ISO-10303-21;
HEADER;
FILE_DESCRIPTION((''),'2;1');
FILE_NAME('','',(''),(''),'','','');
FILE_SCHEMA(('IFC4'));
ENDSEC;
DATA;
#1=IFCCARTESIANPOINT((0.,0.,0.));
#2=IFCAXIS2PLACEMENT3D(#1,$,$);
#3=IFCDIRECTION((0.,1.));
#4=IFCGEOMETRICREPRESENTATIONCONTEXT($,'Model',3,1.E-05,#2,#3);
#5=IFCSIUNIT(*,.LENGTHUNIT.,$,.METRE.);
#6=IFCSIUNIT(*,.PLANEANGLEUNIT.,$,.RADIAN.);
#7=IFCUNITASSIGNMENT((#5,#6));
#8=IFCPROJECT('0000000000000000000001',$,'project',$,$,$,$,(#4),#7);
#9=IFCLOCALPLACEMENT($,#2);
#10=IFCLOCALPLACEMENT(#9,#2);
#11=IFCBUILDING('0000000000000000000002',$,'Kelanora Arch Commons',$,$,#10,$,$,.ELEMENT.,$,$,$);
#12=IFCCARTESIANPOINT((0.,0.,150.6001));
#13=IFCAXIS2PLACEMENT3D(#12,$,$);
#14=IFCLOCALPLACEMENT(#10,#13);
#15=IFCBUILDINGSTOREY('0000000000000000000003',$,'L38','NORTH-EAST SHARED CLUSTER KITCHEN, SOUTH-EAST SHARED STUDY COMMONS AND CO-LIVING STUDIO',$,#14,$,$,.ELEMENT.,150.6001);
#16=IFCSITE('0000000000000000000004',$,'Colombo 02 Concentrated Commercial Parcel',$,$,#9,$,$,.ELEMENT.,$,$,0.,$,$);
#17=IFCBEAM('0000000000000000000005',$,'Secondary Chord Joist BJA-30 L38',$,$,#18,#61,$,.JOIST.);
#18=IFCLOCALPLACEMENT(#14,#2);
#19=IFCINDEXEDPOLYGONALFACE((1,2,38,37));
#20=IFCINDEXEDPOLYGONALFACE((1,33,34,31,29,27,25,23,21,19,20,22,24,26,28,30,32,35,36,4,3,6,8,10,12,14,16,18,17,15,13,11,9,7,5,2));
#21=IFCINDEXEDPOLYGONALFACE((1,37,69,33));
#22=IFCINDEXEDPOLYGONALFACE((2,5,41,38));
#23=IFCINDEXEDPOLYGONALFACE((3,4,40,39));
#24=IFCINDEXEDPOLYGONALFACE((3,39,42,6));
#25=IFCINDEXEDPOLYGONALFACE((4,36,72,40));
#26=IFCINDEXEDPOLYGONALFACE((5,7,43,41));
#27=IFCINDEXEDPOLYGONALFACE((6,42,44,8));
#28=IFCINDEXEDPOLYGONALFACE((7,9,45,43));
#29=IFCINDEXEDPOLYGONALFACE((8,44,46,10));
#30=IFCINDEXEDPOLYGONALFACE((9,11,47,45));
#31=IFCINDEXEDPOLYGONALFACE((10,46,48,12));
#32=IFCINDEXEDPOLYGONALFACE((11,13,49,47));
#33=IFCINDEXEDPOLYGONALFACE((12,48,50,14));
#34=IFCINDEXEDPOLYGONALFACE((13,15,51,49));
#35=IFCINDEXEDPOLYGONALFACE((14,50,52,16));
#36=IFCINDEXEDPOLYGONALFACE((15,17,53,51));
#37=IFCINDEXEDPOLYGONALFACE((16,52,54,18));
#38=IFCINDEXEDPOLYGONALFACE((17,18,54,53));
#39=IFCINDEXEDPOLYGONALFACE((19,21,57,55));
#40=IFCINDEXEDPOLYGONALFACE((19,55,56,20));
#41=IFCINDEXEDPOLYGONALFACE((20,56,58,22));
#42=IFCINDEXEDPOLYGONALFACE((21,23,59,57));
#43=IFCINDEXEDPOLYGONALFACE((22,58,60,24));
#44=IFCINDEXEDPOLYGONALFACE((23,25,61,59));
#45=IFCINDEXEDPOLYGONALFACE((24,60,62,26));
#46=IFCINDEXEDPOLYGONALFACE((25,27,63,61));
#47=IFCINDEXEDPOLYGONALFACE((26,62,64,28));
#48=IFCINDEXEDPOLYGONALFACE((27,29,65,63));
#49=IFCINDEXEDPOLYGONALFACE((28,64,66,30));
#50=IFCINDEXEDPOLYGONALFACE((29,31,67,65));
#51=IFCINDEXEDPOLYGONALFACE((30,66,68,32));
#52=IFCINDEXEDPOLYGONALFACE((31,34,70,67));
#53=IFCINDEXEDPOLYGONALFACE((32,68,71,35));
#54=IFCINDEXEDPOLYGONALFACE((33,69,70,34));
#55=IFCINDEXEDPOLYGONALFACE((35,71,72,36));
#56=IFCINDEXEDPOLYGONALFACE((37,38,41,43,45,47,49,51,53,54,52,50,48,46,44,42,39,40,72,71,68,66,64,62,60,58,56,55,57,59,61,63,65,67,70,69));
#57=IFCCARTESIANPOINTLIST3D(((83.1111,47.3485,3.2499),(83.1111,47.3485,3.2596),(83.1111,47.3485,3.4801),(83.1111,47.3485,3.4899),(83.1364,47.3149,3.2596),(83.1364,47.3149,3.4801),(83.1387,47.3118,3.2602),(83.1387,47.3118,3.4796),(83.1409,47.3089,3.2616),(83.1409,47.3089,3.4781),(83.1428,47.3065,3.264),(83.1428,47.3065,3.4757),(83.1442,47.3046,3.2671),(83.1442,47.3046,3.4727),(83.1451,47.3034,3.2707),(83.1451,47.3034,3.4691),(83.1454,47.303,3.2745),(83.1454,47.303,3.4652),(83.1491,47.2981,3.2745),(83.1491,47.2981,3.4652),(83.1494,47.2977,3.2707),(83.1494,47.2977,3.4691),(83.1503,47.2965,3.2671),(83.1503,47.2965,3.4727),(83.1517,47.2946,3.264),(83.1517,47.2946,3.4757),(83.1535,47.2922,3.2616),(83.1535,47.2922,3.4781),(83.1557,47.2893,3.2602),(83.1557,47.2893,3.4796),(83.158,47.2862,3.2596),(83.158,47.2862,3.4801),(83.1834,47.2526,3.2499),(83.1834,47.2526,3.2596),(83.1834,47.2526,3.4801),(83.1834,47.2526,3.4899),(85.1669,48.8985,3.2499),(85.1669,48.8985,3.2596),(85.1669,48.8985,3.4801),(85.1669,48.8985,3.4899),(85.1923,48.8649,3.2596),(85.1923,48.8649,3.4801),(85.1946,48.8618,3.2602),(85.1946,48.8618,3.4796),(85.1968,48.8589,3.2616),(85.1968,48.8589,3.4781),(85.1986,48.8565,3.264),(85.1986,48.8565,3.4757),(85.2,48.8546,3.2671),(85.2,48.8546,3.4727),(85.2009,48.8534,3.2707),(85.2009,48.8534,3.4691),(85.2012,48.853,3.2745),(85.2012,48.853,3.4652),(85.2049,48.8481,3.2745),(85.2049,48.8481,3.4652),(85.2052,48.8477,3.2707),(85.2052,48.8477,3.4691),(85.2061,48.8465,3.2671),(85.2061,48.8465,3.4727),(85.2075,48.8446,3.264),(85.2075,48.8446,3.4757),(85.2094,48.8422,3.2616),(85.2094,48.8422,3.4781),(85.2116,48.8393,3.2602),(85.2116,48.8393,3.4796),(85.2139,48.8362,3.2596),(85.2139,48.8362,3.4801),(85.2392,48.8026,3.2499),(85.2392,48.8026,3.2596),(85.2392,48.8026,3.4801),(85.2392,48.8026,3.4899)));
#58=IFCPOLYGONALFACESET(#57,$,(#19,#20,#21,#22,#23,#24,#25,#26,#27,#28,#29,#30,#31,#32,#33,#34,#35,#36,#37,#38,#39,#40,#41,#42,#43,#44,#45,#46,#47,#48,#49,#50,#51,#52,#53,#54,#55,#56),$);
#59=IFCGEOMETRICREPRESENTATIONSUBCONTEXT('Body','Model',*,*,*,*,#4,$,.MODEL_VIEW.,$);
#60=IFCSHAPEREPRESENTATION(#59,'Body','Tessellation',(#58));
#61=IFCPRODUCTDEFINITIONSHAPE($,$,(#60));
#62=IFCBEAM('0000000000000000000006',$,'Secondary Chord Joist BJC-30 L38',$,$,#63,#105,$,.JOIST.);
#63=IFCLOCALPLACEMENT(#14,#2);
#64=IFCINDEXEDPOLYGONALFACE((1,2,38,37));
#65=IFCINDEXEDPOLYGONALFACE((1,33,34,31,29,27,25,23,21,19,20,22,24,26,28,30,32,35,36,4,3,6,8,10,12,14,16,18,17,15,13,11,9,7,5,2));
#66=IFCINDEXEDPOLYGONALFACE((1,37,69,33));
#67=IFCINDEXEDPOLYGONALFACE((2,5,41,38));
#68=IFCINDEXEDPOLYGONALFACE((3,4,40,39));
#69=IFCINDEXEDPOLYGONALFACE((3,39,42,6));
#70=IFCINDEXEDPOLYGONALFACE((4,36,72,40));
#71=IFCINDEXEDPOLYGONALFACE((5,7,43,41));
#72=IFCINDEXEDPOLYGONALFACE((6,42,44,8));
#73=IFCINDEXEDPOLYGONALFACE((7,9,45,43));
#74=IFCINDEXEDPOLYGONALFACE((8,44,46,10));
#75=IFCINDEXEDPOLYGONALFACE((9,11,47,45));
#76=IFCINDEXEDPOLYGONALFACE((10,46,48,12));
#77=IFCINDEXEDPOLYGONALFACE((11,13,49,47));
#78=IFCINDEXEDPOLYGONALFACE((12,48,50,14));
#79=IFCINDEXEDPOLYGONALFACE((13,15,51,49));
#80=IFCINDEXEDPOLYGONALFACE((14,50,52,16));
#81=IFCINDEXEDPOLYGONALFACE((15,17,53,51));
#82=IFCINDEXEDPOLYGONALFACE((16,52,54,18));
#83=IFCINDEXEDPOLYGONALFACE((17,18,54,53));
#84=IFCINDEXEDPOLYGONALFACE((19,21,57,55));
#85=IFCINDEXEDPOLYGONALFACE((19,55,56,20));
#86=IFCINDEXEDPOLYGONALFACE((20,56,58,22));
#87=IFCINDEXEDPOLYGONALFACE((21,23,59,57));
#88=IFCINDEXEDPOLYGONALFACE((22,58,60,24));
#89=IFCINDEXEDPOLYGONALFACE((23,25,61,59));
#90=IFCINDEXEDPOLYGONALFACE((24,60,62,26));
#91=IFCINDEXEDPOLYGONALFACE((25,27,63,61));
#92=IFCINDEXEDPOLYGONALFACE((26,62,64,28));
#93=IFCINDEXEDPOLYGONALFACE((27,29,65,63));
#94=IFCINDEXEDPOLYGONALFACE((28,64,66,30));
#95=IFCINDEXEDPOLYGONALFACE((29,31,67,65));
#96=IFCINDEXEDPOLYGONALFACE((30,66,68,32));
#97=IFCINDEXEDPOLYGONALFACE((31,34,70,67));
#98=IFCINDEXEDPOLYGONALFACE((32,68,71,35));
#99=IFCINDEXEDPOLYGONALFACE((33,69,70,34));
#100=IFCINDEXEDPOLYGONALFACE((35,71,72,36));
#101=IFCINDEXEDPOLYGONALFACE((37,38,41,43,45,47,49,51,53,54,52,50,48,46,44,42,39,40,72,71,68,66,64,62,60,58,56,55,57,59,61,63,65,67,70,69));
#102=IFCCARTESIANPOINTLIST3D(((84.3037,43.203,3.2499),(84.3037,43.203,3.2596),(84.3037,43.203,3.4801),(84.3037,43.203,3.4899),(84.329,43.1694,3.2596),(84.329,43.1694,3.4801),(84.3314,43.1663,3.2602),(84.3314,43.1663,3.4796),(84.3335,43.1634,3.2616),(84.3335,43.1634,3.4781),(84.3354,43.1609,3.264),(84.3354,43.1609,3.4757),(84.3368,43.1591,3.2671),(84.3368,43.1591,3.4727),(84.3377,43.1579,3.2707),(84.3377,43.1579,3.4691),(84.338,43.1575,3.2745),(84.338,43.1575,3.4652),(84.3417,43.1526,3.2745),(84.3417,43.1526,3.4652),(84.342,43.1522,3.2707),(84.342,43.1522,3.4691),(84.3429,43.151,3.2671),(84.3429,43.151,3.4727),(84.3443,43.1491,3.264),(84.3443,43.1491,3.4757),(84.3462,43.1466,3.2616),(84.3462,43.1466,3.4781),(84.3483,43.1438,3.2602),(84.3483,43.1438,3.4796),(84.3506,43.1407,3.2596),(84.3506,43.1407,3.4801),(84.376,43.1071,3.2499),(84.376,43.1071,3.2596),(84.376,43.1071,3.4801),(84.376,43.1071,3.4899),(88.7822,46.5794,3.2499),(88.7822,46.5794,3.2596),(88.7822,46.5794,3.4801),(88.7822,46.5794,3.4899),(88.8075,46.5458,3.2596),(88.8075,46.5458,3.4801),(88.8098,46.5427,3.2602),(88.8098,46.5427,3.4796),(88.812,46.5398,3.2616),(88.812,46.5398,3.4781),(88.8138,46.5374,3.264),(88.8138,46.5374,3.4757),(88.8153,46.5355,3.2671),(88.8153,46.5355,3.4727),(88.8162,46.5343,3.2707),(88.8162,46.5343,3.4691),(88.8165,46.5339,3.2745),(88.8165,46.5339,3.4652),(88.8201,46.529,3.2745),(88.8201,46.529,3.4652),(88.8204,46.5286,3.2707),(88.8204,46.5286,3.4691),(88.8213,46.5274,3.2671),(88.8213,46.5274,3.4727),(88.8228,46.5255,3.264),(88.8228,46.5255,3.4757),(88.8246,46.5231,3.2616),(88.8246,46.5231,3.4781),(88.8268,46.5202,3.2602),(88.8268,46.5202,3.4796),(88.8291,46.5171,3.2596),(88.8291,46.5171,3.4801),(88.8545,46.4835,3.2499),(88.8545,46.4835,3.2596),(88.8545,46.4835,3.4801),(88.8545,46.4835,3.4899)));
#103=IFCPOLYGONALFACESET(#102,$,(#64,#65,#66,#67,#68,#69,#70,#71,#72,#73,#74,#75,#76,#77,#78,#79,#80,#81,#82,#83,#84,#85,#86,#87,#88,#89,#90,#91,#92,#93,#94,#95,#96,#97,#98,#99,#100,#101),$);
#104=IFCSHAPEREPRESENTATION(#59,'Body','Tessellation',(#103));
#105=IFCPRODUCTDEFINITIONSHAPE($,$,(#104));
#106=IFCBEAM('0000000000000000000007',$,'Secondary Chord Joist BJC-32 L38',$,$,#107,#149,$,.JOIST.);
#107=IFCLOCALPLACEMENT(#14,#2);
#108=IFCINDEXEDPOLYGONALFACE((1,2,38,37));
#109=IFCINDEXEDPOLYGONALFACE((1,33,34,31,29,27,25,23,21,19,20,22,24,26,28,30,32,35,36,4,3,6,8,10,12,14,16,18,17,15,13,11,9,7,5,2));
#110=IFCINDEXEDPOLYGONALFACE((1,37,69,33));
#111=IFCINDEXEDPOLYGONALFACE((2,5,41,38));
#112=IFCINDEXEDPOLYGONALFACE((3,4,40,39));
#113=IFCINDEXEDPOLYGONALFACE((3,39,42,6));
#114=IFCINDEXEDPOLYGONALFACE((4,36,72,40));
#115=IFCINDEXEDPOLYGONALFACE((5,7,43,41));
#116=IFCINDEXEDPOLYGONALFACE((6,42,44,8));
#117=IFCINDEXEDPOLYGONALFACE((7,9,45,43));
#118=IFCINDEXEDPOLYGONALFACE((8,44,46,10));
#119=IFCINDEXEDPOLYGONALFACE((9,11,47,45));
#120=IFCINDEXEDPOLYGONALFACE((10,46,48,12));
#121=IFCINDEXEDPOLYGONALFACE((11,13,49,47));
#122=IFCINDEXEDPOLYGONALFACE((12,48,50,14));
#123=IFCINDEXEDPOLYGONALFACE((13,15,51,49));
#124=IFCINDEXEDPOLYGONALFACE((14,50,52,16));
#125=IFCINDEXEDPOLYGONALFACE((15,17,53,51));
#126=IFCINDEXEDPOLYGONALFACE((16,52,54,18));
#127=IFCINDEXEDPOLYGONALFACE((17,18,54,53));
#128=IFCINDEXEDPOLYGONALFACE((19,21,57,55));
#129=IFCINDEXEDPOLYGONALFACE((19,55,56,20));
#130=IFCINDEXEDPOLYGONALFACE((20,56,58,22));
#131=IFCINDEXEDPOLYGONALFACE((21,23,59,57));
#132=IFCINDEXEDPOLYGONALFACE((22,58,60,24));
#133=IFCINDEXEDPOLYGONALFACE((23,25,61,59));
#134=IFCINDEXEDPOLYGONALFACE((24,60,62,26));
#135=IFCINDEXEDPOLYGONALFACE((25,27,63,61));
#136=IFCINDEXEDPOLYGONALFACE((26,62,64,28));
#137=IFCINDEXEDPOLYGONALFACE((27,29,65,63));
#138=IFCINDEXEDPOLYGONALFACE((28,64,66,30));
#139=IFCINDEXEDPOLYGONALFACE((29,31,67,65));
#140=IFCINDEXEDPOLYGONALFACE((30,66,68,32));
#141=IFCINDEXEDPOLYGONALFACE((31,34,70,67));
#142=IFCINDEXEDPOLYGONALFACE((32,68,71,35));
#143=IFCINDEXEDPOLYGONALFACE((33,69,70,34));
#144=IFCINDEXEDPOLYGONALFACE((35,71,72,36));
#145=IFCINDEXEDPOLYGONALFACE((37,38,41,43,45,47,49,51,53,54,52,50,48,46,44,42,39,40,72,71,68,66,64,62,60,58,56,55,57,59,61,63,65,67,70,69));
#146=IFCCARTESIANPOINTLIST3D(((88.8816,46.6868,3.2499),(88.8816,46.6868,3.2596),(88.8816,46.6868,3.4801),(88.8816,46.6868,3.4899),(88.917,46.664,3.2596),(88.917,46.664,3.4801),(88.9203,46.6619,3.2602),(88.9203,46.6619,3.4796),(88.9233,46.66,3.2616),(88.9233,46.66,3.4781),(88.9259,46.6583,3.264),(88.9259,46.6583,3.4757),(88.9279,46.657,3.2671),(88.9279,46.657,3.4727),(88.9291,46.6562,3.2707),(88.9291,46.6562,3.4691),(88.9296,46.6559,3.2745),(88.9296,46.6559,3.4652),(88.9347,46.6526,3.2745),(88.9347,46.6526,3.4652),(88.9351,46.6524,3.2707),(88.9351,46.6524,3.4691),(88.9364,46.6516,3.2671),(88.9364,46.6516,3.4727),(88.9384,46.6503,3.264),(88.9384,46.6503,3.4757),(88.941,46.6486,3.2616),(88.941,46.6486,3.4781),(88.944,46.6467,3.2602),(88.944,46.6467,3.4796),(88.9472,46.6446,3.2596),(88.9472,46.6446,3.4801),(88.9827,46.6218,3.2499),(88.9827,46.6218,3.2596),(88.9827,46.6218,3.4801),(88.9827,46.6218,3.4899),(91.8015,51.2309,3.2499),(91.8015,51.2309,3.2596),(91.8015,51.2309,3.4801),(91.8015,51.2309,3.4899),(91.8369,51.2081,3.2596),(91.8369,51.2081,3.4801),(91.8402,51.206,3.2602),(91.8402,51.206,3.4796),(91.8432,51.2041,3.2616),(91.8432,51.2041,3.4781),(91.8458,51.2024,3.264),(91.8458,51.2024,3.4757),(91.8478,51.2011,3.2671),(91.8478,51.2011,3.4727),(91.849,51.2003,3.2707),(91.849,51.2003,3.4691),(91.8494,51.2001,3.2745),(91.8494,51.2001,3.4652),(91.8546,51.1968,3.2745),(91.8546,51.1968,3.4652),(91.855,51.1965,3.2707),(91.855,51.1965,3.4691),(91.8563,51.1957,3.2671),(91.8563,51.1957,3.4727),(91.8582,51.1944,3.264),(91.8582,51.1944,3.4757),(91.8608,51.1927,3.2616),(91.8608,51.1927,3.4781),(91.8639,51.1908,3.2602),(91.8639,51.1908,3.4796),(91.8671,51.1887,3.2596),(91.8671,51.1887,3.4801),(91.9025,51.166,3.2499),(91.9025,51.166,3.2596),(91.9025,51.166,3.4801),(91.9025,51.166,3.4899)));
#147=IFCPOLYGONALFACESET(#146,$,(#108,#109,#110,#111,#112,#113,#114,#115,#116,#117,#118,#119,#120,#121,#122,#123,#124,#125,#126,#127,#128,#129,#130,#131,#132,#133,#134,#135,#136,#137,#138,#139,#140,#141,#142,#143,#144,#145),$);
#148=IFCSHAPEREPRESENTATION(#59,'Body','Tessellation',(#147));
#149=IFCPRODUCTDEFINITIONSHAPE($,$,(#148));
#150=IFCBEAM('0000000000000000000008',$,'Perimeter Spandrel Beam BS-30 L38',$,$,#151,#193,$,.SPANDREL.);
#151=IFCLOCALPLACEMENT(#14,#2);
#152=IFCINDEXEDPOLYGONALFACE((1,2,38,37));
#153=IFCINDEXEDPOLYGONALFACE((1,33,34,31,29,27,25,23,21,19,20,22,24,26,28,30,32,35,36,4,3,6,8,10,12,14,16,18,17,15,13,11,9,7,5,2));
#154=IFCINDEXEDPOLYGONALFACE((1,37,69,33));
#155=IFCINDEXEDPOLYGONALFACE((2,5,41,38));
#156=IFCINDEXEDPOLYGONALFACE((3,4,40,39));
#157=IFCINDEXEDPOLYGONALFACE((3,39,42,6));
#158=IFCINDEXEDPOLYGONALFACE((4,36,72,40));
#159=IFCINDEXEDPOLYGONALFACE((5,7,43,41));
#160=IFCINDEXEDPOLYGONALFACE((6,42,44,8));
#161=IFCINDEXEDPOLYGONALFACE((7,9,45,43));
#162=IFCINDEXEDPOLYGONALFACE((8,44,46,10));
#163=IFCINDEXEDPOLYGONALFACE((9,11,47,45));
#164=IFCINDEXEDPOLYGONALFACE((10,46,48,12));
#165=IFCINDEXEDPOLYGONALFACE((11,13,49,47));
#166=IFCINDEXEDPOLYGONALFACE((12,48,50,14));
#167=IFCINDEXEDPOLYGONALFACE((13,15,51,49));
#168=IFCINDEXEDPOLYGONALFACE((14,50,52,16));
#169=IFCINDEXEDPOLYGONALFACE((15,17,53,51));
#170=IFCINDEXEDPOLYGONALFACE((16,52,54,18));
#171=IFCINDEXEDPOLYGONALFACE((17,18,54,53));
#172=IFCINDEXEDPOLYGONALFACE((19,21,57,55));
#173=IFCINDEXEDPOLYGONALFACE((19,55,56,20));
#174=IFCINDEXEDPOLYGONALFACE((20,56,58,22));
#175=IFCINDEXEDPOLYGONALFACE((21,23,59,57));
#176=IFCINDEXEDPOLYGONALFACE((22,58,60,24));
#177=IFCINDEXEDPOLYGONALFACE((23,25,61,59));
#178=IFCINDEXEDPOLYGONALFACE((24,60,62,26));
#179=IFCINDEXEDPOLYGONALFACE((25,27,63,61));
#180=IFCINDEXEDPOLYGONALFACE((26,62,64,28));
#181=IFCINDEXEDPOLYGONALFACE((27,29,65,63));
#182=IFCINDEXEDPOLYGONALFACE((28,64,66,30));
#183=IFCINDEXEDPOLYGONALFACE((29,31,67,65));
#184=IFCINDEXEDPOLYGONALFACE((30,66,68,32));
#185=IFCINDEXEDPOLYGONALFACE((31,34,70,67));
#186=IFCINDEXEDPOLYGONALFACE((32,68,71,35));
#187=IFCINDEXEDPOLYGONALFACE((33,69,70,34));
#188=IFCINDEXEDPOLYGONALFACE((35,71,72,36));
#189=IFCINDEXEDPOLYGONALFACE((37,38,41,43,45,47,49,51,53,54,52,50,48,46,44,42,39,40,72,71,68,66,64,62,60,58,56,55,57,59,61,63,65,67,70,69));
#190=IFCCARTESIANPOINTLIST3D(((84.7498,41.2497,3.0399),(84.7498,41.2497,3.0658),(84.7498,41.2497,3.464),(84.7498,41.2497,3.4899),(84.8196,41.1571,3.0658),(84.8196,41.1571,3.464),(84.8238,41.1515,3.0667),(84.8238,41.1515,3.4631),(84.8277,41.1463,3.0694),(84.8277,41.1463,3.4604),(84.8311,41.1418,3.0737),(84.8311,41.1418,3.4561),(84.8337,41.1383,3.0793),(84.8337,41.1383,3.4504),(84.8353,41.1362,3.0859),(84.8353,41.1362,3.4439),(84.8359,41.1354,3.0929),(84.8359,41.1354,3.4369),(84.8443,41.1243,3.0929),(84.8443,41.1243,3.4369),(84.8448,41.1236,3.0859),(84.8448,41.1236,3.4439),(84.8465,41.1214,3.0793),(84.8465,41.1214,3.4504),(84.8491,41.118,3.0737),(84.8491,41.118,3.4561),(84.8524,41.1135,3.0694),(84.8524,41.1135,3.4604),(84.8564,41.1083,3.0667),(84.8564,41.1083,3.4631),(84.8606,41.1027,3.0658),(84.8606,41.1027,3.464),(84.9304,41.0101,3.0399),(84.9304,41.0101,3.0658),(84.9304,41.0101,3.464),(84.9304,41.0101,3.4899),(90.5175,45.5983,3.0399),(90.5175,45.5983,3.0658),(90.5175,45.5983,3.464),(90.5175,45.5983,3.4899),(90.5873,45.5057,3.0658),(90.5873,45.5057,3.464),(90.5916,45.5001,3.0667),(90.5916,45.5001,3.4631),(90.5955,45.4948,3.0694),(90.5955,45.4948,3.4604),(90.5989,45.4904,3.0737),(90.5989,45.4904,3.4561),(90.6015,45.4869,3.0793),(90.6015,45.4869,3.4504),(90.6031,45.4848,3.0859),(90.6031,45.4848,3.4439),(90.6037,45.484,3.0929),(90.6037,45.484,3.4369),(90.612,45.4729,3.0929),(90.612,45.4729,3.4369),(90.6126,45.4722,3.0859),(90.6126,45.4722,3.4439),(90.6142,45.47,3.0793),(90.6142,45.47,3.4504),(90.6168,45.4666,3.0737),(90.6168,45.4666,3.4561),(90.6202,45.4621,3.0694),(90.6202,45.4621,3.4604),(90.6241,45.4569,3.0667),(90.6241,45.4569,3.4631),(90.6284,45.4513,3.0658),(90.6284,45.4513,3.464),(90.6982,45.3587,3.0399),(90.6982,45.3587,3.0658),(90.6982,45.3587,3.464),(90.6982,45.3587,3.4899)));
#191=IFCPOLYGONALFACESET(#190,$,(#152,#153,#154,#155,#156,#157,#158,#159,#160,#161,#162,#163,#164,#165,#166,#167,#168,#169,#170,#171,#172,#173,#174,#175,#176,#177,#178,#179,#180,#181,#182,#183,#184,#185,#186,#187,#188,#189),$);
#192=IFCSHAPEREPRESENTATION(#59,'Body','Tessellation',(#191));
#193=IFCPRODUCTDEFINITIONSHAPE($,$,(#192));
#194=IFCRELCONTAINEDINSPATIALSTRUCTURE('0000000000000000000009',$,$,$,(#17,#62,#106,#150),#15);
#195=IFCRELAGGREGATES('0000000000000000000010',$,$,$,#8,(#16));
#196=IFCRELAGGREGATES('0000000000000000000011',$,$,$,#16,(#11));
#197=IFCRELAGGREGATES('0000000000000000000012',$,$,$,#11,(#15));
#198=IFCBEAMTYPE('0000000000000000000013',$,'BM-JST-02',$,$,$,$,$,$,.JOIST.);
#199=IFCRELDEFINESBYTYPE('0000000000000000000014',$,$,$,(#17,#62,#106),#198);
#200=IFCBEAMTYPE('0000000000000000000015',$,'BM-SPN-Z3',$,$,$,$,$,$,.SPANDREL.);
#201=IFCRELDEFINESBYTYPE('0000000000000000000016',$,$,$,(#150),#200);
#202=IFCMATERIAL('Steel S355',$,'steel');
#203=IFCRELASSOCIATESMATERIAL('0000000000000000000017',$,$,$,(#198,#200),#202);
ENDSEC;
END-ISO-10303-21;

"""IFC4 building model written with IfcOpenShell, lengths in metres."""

from ifc_helpers import new_model, si_unit, direction, frame, origin, origin_2d, place, context, subcontext, project, spatial, i_section, extrude, material, material_profile, profile_set, type_object, element, save


model = new_model("IFC4")

# Units and contexts
model_context = context("Model", 3, precision=1e-05, world=origin(), true_north=direction((0.0, 1.0)))
body_context = subcontext(model_context, "Body", "Model", "MODEL_VIEW")
ifc_project = project(units=[si_unit("LENGTHUNIT", "METRE"), si_unit("PLANEANGLEUNIT", "RADIAN")], contexts=[model_context])

# Site, building, storey
site_placement = place(None, origin())
site = spatial("IfcSite", under=ifc_project, at=site_placement, Name="Colombo 02 Concentrated Commercial Parcel", CompositionType="ELEMENT", RefElevation=0.0)
building_placement = place(site_placement, origin())
building = spatial("IfcBuilding", under=site, at=building_placement, Name="Kelanora Arch Commons", CompositionType="ELEMENT")
storey_placement = place(building_placement, frame((0.0, 0.0, 150.6001)))
storey = spatial("IfcBuildingStorey", under=building, at=storey_placement, Name="L38", Description="NORTH-EAST SHARED CLUSTER KITCHEN, SOUTH-EAST SHARED STUDY COMMONS AND CO-LIVING STUDIO", CompositionType="ELEMENT", Elevation=150.6001)

# Beams
ifc_material_1 = material(Name="Steel S355", Category="steel")
ifc_material_profile_1 = material_profile(ifc_material_1, i_section(OverallWidth=0.1201, OverallDepth=0.24, WebThickness=0.0061, FlangeThickness=0.0098, FilletRadius=0.0149, at=origin_2d()), Name="IPE240")
ifc_profile_set_1 = profile_set([ifc_material_profile_1], Name="Steel S355")
beam_type_1 = type_object("IfcBeamType", Name="BM-JST-02", PredefinedType="JOIST", material=ifc_profile_set_1)
beam_1_placement = place(storey_placement, frame((83.1472, 47.3005, 3.3699), z_axis=(0.798484, 0.602016, 0.0), x_axis=(-0.602016, 0.798484, 0.0)))
element("IfcBeam", 1, at=beam_1_placement, inside=storey, type_object=beam_type_1, Name="Secondary Chord Joist BJA-30 L38", PredefinedType="JOIST", context=body_context, shape_type="SweptSolid", body=[
    extrude(i_section(OverallWidth=0.1201, OverallDepth=0.24, WebThickness=0.0061, FlangeThickness=0.0098, FilletRadius=0.0149, at=origin_2d()), origin(), (0.0, 0.0, 1.0), 2.5747),
])
beam_2_placement = place(storey_placement, frame((84.3398, 43.155, 3.3699), z_axis=(0.798493, 0.602004, 0.0), x_axis=(-0.602004, 0.798493, 0.0)))
element("IfcBeam", 2, at=beam_2_placement, inside=storey, type_object=beam_type_1, Name="Secondary Chord Joist BJC-30 L38", PredefinedType="JOIST", context=body_context, shape_type="SweptSolid", body=[
    extrude(i_section(OverallWidth=0.1201, OverallDepth=0.24, WebThickness=0.0061, FlangeThickness=0.0098, FilletRadius=0.0149, at=origin_2d()), origin(), (0.0, 0.0, 1.0), 5.6086),
])
beam_3_placement = place(storey_placement, frame((88.9321, 46.6543, 3.3699), z_axis=(0.540582, 0.841292, 0.0), x_axis=(-0.841292, 0.540582, 0.0)))
element("IfcBeam", 3, at=beam_3_placement, inside=storey, type_object=beam_type_1, Name="Secondary Chord Joist BJC-32 L38", PredefinedType="JOIST", context=body_context, shape_type="SweptSolid", body=[
    extrude(i_section(OverallWidth=0.1201, OverallDepth=0.24, WebThickness=0.0061, FlangeThickness=0.0098, FilletRadius=0.0149, at=origin_2d()), origin(), (0.0, 0.0, 1.0), 5.4014),
])
ifc_material_profile_2 = material_profile(ifc_material_1, i_section(OverallWidth=0.3, OverallDepth=0.45, WebThickness=0.0139, FlangeThickness=0.0259, FilletRadius=0.0271, at=origin_2d()), Name="HEB450")
ifc_profile_set_2 = profile_set([ifc_material_profile_2], Name="Steel S355")
beam_type_2 = type_object("IfcBeamType", Name="BM-SPN-Z3", PredefinedType="SPANDREL", material=ifc_profile_set_2)
beam_4_placement = place(storey_placement, frame((84.8401, 41.1299, 3.2649), z_axis=(0.798485, 0.602015, 0.0), x_axis=(-0.602015, 0.798485, 0.0)))
element("IfcBeam", 4, at=beam_4_placement, inside=storey, type_object=beam_type_2, Name="Perimeter Spandrel Beam BS-30 L38", PredefinedType="SPANDREL", context=body_context, shape_type="SweptSolid", body=[
    extrude(i_section(OverallWidth=0.3, OverallDepth=0.45, WebThickness=0.0139, FlangeThickness=0.0259, FilletRadius=0.0271, at=origin_2d()), origin(), (0.0, 0.0, 1.0), 7.2234),
])

save(model, "model.ifc")
